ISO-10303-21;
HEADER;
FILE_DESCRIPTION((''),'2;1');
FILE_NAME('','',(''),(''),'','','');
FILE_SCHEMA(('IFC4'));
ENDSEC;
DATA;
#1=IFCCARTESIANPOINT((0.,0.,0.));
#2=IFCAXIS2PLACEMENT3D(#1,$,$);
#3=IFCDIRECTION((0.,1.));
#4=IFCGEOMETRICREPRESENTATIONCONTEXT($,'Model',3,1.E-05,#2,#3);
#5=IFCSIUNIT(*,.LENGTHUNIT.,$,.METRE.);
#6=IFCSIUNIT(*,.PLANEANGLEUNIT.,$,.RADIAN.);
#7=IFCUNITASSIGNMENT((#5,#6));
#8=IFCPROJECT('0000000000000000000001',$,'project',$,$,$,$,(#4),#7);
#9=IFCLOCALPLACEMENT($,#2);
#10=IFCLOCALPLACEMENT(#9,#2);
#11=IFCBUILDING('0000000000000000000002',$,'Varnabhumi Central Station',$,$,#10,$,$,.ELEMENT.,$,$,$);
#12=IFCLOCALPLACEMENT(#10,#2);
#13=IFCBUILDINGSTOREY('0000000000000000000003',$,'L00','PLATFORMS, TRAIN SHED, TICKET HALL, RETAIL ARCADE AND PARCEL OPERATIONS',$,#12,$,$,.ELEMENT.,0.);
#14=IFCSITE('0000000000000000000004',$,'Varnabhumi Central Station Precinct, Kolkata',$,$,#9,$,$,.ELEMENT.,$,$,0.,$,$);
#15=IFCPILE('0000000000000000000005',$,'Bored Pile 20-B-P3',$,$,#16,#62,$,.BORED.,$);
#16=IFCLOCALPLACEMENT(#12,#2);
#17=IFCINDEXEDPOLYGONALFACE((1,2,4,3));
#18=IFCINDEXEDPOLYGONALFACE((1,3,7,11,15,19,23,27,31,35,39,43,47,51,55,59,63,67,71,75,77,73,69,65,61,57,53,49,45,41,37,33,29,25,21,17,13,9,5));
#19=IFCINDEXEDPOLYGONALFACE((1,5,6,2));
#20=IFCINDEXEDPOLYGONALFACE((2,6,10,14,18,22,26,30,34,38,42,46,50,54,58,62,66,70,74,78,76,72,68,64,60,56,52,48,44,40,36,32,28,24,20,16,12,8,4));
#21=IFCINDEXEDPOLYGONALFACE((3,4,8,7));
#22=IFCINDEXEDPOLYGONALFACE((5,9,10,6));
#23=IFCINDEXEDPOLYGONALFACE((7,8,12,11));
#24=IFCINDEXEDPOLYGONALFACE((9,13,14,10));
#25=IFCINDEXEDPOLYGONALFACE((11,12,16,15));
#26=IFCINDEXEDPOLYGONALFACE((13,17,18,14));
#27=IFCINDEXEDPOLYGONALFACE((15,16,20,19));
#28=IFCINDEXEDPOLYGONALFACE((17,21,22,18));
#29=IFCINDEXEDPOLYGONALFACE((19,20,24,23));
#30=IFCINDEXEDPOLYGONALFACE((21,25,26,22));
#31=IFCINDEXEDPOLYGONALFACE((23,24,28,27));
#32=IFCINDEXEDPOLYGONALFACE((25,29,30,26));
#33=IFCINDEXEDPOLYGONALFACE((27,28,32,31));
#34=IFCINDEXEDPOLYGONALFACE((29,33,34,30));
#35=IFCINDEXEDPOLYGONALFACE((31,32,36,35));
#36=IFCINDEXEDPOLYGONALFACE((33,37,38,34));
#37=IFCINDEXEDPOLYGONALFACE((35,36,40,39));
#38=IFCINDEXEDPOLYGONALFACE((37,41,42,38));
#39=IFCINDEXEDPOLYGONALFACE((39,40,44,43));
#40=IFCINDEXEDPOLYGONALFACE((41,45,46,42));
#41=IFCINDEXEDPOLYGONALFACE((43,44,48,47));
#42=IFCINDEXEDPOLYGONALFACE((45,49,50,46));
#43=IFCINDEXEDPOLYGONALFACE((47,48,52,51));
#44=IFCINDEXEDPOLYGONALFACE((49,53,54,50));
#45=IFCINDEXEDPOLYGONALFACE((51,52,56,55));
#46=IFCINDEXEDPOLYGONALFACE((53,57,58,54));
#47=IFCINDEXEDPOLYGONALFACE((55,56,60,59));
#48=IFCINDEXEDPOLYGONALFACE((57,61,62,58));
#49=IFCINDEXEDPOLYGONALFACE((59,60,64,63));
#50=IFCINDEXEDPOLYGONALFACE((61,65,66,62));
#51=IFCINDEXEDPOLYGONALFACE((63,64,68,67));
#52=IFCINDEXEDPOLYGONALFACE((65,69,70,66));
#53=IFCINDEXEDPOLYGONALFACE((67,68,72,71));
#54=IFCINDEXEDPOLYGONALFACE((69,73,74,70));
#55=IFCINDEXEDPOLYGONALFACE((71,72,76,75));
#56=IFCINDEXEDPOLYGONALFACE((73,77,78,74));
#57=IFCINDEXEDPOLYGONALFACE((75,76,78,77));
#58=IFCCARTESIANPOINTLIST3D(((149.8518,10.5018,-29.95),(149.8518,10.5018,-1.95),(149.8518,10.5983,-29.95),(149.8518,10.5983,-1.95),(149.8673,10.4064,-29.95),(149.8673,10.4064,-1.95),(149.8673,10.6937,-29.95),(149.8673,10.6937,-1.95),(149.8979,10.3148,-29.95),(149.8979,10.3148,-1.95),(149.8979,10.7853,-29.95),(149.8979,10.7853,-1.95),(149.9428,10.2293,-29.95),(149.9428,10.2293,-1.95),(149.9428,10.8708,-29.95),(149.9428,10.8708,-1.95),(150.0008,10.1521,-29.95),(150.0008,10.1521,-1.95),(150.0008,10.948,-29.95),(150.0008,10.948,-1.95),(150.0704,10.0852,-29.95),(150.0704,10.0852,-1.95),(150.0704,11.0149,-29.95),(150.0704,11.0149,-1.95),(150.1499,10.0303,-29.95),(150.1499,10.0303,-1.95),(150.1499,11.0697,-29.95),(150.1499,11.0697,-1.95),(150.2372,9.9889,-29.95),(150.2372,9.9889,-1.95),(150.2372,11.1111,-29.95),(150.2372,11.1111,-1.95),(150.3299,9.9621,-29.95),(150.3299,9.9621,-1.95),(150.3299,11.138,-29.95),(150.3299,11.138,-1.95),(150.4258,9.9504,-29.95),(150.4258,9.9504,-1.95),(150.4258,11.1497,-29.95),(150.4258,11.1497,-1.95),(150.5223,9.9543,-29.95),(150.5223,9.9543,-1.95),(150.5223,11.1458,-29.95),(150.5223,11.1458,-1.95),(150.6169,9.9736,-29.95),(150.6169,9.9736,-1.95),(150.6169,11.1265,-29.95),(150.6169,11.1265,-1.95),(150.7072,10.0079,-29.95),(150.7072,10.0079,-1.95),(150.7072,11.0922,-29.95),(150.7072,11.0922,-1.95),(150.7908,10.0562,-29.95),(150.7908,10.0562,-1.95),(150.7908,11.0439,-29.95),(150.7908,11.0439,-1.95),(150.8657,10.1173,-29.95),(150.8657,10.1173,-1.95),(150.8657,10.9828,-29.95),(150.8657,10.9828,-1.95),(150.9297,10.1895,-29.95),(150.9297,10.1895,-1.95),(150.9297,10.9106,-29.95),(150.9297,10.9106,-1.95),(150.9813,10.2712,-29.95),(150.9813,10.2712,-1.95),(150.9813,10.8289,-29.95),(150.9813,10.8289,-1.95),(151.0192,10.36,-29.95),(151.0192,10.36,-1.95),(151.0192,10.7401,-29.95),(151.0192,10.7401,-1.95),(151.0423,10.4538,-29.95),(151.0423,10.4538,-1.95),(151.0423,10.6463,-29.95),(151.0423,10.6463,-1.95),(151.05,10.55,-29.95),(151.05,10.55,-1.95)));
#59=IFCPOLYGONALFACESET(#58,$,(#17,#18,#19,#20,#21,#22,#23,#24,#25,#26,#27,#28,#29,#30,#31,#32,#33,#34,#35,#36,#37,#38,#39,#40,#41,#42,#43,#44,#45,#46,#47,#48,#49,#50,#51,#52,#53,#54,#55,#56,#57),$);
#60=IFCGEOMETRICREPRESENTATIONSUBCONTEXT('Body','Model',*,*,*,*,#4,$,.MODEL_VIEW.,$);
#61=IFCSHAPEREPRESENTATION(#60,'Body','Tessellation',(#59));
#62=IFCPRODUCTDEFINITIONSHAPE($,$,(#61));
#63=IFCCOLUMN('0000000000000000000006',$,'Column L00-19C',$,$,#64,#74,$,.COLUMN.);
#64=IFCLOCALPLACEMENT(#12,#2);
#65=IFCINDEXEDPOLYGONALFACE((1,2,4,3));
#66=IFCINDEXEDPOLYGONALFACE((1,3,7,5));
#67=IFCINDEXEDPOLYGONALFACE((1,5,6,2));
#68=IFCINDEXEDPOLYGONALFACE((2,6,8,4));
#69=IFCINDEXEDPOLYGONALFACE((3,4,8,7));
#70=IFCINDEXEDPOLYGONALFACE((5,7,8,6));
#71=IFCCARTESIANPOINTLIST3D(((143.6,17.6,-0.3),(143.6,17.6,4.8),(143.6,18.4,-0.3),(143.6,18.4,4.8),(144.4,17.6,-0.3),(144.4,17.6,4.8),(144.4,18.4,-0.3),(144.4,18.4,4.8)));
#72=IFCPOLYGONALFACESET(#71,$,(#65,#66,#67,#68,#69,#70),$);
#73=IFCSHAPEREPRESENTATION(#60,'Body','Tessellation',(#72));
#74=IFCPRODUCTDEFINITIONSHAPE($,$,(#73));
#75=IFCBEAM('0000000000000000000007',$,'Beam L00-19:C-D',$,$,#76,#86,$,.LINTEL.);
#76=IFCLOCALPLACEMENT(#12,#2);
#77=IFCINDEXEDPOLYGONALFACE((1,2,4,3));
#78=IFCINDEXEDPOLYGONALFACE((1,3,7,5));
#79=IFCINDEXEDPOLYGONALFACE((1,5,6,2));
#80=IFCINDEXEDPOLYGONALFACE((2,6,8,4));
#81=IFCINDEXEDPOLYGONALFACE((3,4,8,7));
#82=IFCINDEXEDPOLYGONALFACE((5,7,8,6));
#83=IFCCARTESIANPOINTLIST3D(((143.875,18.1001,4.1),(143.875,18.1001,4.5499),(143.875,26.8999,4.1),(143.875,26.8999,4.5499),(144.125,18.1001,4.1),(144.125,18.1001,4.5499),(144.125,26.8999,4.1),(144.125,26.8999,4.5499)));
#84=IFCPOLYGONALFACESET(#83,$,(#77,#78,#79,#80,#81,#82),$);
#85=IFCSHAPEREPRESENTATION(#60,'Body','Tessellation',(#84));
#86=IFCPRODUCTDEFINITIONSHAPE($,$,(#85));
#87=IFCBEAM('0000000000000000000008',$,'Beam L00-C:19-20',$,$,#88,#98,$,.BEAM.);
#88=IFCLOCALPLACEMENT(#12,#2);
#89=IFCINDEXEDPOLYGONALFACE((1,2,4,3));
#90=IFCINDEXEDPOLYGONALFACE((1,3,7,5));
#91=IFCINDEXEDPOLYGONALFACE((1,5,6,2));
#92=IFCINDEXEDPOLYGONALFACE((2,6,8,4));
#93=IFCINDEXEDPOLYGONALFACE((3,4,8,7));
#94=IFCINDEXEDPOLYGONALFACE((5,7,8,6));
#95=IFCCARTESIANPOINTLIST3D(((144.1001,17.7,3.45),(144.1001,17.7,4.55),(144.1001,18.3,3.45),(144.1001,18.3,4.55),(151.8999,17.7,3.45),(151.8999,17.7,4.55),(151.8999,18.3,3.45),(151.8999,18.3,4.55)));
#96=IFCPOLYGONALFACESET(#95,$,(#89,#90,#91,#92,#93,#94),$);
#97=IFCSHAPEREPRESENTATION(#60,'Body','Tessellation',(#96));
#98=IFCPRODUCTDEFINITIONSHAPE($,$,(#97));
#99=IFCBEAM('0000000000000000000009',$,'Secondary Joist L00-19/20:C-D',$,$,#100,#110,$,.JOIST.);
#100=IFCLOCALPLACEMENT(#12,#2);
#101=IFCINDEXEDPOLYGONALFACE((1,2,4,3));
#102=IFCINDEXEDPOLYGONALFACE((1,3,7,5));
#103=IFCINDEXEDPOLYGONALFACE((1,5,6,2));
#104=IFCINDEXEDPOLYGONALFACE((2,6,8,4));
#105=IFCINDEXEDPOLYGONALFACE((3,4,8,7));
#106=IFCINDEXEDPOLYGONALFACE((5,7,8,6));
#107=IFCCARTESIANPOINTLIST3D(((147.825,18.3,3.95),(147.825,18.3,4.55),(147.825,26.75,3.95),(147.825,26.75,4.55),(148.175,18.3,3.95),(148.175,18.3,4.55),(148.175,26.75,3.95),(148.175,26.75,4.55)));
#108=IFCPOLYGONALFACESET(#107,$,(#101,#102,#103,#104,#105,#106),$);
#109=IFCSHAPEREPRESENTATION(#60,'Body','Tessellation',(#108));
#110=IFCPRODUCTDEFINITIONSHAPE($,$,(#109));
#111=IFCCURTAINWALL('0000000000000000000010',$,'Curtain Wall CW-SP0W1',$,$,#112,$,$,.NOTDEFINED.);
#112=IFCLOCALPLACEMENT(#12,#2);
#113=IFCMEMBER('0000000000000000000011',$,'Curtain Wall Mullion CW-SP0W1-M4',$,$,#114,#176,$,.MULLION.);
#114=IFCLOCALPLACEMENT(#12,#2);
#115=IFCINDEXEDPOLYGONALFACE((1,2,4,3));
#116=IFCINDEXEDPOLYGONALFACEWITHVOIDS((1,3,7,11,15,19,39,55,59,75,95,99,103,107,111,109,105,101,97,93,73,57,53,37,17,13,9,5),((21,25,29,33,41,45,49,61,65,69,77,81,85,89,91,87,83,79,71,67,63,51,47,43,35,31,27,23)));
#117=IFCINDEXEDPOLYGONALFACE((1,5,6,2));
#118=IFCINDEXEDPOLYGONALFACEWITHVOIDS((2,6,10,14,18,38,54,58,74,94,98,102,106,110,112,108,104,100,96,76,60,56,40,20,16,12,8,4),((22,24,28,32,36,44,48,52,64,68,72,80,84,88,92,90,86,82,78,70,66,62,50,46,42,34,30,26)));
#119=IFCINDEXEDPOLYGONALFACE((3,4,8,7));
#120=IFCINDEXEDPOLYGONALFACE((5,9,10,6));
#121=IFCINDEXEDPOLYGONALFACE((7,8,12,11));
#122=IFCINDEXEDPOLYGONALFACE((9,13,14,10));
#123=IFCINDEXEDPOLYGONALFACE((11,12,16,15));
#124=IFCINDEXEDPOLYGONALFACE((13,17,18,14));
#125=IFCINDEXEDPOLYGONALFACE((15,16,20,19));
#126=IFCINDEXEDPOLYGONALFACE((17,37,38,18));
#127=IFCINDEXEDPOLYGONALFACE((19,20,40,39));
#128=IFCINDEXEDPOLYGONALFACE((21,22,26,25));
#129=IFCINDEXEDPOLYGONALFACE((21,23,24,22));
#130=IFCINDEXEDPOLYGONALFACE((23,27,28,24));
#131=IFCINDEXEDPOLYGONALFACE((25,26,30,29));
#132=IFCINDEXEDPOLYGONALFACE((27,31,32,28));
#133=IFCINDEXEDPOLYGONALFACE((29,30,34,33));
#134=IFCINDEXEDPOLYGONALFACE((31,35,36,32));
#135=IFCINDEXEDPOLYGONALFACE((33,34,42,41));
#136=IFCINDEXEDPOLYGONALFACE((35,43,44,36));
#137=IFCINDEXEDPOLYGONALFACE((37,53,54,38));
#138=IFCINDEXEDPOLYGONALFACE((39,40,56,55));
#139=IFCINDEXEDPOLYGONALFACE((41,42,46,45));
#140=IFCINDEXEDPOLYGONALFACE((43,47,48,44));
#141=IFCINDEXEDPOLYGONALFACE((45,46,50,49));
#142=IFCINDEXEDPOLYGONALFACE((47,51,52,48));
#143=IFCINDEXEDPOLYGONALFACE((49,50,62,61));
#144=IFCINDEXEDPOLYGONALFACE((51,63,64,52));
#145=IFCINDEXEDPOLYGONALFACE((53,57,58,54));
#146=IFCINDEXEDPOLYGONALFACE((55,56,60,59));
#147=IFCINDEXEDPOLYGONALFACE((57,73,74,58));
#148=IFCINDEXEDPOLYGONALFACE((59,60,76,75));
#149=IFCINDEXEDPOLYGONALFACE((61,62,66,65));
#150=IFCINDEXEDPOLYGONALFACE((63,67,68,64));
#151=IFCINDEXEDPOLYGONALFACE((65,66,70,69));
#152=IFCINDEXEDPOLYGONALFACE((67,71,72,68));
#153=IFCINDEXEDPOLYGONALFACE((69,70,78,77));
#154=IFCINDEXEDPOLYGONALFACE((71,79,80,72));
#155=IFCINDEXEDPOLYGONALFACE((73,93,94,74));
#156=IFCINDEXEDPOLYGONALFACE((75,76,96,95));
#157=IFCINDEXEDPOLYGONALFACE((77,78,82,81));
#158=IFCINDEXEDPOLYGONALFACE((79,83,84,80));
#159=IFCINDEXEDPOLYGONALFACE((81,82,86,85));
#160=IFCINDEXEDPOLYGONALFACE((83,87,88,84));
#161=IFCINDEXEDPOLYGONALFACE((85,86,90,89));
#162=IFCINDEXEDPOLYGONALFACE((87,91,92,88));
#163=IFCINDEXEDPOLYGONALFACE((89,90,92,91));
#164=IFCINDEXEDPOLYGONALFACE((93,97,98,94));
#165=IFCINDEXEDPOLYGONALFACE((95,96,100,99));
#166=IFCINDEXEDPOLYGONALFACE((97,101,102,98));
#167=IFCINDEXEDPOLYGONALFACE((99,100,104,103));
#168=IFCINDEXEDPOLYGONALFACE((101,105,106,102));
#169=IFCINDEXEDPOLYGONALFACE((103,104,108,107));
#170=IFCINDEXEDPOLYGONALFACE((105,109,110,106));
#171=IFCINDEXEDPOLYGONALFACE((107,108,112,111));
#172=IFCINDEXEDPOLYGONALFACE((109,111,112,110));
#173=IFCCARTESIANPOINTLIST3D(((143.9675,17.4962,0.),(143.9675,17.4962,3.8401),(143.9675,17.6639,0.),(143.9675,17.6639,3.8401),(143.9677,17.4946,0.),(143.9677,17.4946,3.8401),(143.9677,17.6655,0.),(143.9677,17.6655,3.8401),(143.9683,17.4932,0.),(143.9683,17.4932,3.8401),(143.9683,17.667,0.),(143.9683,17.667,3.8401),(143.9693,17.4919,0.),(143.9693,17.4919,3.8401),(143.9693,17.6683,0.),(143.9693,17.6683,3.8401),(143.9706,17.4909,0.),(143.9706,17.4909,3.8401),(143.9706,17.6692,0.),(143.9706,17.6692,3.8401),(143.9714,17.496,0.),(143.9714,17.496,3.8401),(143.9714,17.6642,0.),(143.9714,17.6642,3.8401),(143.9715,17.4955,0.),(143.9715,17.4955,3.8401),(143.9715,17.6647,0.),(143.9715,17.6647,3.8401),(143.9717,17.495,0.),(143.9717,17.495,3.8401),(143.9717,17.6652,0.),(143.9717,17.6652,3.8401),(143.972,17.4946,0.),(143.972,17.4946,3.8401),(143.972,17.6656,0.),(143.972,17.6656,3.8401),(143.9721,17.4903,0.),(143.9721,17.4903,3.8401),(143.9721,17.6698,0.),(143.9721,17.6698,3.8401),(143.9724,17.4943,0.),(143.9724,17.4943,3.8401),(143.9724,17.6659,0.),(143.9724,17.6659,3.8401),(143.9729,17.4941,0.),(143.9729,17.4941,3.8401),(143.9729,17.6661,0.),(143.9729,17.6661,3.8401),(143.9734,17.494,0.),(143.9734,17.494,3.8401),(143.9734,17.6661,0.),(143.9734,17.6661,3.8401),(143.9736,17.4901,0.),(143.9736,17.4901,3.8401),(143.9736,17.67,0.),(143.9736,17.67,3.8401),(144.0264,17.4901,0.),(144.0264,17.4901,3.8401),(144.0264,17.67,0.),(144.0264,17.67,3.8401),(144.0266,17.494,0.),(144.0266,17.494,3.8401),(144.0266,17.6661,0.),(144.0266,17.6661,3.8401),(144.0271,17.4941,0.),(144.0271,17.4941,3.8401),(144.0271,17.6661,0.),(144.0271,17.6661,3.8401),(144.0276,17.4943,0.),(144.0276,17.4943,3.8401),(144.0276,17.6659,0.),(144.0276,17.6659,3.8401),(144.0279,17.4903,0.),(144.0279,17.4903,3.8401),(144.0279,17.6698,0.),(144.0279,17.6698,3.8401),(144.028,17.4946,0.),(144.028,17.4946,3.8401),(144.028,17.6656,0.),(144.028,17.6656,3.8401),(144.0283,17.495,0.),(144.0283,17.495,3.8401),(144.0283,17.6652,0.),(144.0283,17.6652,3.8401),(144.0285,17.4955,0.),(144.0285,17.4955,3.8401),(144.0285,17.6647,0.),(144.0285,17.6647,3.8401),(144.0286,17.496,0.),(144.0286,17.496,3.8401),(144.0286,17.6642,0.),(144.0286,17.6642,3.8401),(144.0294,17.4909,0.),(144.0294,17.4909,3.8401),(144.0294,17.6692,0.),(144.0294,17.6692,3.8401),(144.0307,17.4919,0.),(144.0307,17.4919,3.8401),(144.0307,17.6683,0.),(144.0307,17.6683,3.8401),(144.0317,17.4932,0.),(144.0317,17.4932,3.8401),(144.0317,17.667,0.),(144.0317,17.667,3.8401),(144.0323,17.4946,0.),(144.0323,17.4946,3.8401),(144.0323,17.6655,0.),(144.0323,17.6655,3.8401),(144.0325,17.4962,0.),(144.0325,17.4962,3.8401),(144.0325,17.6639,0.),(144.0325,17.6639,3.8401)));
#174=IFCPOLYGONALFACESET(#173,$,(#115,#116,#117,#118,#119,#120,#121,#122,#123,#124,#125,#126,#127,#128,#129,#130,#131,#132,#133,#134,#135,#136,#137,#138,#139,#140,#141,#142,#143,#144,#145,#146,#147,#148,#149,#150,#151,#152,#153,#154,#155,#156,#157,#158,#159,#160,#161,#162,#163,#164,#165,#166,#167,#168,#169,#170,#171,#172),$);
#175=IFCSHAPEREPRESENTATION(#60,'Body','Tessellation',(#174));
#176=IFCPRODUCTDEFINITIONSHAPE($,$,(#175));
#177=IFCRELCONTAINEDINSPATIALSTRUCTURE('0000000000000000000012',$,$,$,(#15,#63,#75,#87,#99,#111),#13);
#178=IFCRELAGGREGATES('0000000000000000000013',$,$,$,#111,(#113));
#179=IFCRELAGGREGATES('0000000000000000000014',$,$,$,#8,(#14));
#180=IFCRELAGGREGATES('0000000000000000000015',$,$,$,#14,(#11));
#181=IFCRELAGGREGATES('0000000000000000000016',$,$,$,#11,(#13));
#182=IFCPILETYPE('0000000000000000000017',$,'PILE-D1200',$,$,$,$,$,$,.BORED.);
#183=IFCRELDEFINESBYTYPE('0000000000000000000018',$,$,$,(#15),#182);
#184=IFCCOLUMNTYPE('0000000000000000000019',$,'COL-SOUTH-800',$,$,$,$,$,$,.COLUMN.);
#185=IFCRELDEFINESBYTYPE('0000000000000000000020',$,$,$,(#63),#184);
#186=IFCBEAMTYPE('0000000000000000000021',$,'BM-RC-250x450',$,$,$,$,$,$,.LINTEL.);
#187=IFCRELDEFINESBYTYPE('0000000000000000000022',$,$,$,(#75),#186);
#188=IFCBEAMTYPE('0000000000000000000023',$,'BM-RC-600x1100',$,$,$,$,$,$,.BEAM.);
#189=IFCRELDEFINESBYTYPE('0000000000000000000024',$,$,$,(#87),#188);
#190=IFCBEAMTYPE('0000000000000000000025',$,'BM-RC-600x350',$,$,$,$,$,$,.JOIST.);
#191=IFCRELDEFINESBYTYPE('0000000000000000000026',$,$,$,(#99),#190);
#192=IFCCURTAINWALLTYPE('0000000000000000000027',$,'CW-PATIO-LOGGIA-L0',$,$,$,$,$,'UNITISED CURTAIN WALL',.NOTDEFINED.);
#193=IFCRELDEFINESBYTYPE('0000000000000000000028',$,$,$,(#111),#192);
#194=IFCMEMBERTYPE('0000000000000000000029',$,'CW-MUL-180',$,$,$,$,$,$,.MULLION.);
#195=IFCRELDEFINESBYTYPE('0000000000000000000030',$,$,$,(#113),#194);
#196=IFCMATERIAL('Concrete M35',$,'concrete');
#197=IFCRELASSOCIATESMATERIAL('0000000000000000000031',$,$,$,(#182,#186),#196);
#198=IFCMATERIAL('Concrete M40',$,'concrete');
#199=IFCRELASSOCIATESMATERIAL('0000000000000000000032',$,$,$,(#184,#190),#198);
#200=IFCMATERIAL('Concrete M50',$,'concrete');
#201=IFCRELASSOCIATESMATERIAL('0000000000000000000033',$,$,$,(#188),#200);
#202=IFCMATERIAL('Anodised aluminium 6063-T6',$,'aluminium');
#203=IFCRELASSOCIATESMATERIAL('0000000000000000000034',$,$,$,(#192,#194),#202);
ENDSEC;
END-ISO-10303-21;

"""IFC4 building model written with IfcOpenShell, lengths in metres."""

from ifc_helpers import new_model, si_unit, direction, frame, origin, origin_2d, place, context, subcontext, project, spatial, rectangle, hollow_rectangle, circle, extrude, material, material_profile, profile_set, type_object, element, aggregate, save


model = new_model("IFC4")

# Units and contexts
model_context = context("Model", 3, precision=1e-05, world=origin(), true_north=direction((0.0, 1.0)))
body_context = subcontext(model_context, "Body", "Model", "MODEL_VIEW")
ifc_project = project(units=[si_unit("LENGTHUNIT", "METRE"), si_unit("PLANEANGLEUNIT", "RADIAN")], contexts=[model_context])

# Site, building, storey
site_placement = place(None, origin())
site = spatial("IfcSite", under=ifc_project, at=site_placement, Name="Varnabhumi Central Station Precinct, Kolkata", CompositionType="ELEMENT", RefElevation=0.0)
building_placement = place(site_placement, origin())
building = spatial("IfcBuilding", under=site, at=building_placement, Name="Varnabhumi Central Station", CompositionType="ELEMENT")
storey_placement = place(building_placement, origin())
storey = spatial("IfcBuildingStorey", under=building, at=storey_placement, Name="L00", Description="PLATFORMS, TRAIN SHED, TICKET HALL, RETAIL ARCADE AND PARCEL OPERATIONS", CompositionType="ELEMENT", Elevation=0.0)

# Shared definitions
ifc_material_1 = material(Name="Concrete M40", Category="concrete")

# Pile
ifc_material_2 = material(Name="Concrete M35", Category="concrete")
ifc_material_profile_1 = material_profile(ifc_material_2, circle(Radius=0.6001, at=origin_2d()), Name="Concrete M35", Category="concrete")
ifc_profile_set_1 = profile_set([ifc_material_profile_1], Name="Concrete M35")
pile_type_1 = type_object("IfcPileType", Name="PILE-D1200", PredefinedType="BORED", material=ifc_profile_set_1)
for number, where, z_axis, x_axis, name in (
    (1, (150.45, 10.55, -1.95), (0.0, 0.0, -1.0), (1.0, 0.0, 0.0), "Bored Pile 20-B-P3"),
):
    element("IfcPile", number, at=place(storey_placement, frame(where, z_axis=z_axis, x_axis=x_axis)), inside=storey, type_object=pile_type_1, Name=name, PredefinedType="BORED", context=body_context, shape_type="SweptSolid", body=[
        extrude(circle(Radius=0.6001, at=origin_2d()), origin(), (0.0, 0.0, 1.0), 28.0),
    ])

# Column
ifc_material_profile_2 = material_profile(ifc_material_1, rectangle(XDim=0.8, YDim=0.8, at=origin_2d()), Name="Concrete M40", Category="concrete")
ifc_profile_set_2 = profile_set([ifc_material_profile_2], Name="Concrete M40")
column_type = type_object("IfcColumnType", Name="COL-SOUTH-800", PredefinedType="COLUMN", material=ifc_profile_set_2)
column_placement = place(storey_placement, frame((144.0, 18.0, -0.3), z_axis=(0.0, 0.0, 1.0), x_axis=(1.0, 0.0, 0.0)))
element("IfcColumn", 2, at=column_placement, inside=storey, type_object=column_type, Name="Column L00-19C", PredefinedType="COLUMN", context=body_context, shape_type="SweptSolid", body=[
    extrude(rectangle(XDim=0.8, YDim=0.8, at=origin_2d()), origin(), (0.0, 0.0, 1.0), 5.1001),
])

# Beams
ifc_material_profile_3 = material_profile(ifc_material_2, rectangle(XDim=0.25, YDim=0.45, at=origin_2d()), Name="Concrete M35", Category="concrete")
ifc_profile_set_3 = profile_set([ifc_material_profile_3], Name="Concrete M35")
beam_type_1 = type_object("IfcBeamType", Name="BM-RC-250x450", PredefinedType="LINTEL", material=ifc_profile_set_3)
beam_1_placement = place(storey_placement, frame((144.0, 18.1001, 4.325), z_axis=(0.0, 1.0, 0.0), x_axis=(-1.0, 0.0, 0.0)))
element("IfcBeam", 3, at=beam_1_placement, inside=storey, type_object=beam_type_1, Name="Beam L00-19:C-D", PredefinedType="LINTEL", context=body_context, shape_type="SweptSolid", body=[
    extrude(rectangle(XDim=0.25, YDim=0.45, at=origin_2d()), origin(), (0.0, 0.0, 1.0), 8.7998),
])
ifc_material_3 = material(Name="Concrete M50", Category="concrete")
ifc_material_profile_4 = material_profile(ifc_material_3, rectangle(XDim=0.6001, YDim=1.1001, at=origin_2d()), Name="Concrete M50", Category="concrete")
ifc_profile_set_4 = profile_set([ifc_material_profile_4], Name="Concrete M50")
beam_type_2 = type_object("IfcBeamType", Name="BM-RC-600x1100", PredefinedType="BEAM", material=ifc_profile_set_4)
beam_2_placement = place(storey_placement, frame((144.1001, 18.0, 4.0), z_axis=(1.0, 0.0, 0.0), x_axis=(0.0, 1.0, 0.0)))
element("IfcBeam", 4, at=beam_2_placement, inside=storey, type_object=beam_type_2, Name="Beam L00-C:19-20", PredefinedType="BEAM", context=body_context, shape_type="SweptSolid", body=[
    extrude(rectangle(XDim=0.6001, YDim=1.1001, at=origin_2d()), origin(), (0.0, 0.0, 1.0), 7.7998),
])
ifc_material_profile_5 = material_profile(ifc_material_1, rectangle(XDim=0.3501, YDim=0.6001, at=origin_2d()), Name="Concrete M40", Category="concrete")
ifc_profile_set_5 = profile_set([ifc_material_profile_5], Name="Concrete M40")
beam_type_3 = type_object("IfcBeamType", Name="BM-RC-600x350", PredefinedType="JOIST", material=ifc_profile_set_5)
beam_3_placement = place(storey_placement, frame((148.0, 18.3, 4.25), z_axis=(0.0, 1.0, 0.0), x_axis=(-1.0, 0.0, 0.0)))
element("IfcBeam", 5, at=beam_3_placement, inside=storey, type_object=beam_type_3, Name="Secondary Joist L00-19/20:C-D", PredefinedType="JOIST", context=body_context, shape_type="SweptSolid", body=[
    extrude(rectangle(XDim=0.3501, YDim=0.6001, at=origin_2d()), origin(), (0.0, 0.0, 1.0), 8.45),
])

# Curtain wall, member
ifc_material_4 = material(Name="Anodised aluminium 6063-T6", Category="aluminium")
curtain_wall_type = type_object("IfcCurtainWallType", Name="CW-PATIO-LOGGIA-L0", ElementType="UNITISED CURTAIN WALL", PredefinedType="NOTDEFINED", material=ifc_material_4)
curtain_wall_1_placement = place(storey_placement, origin())
curtain_wall_1 = element("IfcCurtainWall", 6, at=curtain_wall_1_placement, inside=storey, type_object=curtain_wall_type, Name="Curtain Wall CW-SP0W1", PredefinedType="NOTDEFINED")
ifc_material_profile_6 = material_profile(ifc_material_4, hollow_rectangle(XDim=0.0649, YDim=0.1799, WallThickness=0.0039, InnerFilletRadius=0.002, OuterFilletRadius=0.0061, at=origin_2d()), Name="Anodised aluminium 6063-T6", Category="aluminium")
ifc_profile_set_6 = profile_set([ifc_material_profile_6], Name="Anodised aluminium 6063-T6")
member_type_1 = type_object("IfcMemberType", Name="CW-MUL-180", PredefinedType="MULLION", material=ifc_profile_set_6)
member_1_placement = place(storey_placement, frame((144.0, 17.5801, 0.0), z_axis=(0.0, 0.0, 1.0), x_axis=(1.0, 0.0, 0.0)))
member_1 = element("IfcMember", 7, at=member_1_placement, type_object=member_type_1, Name="Curtain Wall Mullion CW-SP0W1-M4", PredefinedType="MULLION", context=body_context, shape_type="SweptSolid", body=[
    extrude(hollow_rectangle(XDim=0.0649, YDim=0.1799, WallThickness=0.0039, InnerFilletRadius=0.002, OuterFilletRadius=0.0061, at=origin_2d()), origin(), (0.0, 0.0, 1.0), 3.8401),
])

aggregate(curtain_wall_1, [member_1])

save(model, "model.ifc")
